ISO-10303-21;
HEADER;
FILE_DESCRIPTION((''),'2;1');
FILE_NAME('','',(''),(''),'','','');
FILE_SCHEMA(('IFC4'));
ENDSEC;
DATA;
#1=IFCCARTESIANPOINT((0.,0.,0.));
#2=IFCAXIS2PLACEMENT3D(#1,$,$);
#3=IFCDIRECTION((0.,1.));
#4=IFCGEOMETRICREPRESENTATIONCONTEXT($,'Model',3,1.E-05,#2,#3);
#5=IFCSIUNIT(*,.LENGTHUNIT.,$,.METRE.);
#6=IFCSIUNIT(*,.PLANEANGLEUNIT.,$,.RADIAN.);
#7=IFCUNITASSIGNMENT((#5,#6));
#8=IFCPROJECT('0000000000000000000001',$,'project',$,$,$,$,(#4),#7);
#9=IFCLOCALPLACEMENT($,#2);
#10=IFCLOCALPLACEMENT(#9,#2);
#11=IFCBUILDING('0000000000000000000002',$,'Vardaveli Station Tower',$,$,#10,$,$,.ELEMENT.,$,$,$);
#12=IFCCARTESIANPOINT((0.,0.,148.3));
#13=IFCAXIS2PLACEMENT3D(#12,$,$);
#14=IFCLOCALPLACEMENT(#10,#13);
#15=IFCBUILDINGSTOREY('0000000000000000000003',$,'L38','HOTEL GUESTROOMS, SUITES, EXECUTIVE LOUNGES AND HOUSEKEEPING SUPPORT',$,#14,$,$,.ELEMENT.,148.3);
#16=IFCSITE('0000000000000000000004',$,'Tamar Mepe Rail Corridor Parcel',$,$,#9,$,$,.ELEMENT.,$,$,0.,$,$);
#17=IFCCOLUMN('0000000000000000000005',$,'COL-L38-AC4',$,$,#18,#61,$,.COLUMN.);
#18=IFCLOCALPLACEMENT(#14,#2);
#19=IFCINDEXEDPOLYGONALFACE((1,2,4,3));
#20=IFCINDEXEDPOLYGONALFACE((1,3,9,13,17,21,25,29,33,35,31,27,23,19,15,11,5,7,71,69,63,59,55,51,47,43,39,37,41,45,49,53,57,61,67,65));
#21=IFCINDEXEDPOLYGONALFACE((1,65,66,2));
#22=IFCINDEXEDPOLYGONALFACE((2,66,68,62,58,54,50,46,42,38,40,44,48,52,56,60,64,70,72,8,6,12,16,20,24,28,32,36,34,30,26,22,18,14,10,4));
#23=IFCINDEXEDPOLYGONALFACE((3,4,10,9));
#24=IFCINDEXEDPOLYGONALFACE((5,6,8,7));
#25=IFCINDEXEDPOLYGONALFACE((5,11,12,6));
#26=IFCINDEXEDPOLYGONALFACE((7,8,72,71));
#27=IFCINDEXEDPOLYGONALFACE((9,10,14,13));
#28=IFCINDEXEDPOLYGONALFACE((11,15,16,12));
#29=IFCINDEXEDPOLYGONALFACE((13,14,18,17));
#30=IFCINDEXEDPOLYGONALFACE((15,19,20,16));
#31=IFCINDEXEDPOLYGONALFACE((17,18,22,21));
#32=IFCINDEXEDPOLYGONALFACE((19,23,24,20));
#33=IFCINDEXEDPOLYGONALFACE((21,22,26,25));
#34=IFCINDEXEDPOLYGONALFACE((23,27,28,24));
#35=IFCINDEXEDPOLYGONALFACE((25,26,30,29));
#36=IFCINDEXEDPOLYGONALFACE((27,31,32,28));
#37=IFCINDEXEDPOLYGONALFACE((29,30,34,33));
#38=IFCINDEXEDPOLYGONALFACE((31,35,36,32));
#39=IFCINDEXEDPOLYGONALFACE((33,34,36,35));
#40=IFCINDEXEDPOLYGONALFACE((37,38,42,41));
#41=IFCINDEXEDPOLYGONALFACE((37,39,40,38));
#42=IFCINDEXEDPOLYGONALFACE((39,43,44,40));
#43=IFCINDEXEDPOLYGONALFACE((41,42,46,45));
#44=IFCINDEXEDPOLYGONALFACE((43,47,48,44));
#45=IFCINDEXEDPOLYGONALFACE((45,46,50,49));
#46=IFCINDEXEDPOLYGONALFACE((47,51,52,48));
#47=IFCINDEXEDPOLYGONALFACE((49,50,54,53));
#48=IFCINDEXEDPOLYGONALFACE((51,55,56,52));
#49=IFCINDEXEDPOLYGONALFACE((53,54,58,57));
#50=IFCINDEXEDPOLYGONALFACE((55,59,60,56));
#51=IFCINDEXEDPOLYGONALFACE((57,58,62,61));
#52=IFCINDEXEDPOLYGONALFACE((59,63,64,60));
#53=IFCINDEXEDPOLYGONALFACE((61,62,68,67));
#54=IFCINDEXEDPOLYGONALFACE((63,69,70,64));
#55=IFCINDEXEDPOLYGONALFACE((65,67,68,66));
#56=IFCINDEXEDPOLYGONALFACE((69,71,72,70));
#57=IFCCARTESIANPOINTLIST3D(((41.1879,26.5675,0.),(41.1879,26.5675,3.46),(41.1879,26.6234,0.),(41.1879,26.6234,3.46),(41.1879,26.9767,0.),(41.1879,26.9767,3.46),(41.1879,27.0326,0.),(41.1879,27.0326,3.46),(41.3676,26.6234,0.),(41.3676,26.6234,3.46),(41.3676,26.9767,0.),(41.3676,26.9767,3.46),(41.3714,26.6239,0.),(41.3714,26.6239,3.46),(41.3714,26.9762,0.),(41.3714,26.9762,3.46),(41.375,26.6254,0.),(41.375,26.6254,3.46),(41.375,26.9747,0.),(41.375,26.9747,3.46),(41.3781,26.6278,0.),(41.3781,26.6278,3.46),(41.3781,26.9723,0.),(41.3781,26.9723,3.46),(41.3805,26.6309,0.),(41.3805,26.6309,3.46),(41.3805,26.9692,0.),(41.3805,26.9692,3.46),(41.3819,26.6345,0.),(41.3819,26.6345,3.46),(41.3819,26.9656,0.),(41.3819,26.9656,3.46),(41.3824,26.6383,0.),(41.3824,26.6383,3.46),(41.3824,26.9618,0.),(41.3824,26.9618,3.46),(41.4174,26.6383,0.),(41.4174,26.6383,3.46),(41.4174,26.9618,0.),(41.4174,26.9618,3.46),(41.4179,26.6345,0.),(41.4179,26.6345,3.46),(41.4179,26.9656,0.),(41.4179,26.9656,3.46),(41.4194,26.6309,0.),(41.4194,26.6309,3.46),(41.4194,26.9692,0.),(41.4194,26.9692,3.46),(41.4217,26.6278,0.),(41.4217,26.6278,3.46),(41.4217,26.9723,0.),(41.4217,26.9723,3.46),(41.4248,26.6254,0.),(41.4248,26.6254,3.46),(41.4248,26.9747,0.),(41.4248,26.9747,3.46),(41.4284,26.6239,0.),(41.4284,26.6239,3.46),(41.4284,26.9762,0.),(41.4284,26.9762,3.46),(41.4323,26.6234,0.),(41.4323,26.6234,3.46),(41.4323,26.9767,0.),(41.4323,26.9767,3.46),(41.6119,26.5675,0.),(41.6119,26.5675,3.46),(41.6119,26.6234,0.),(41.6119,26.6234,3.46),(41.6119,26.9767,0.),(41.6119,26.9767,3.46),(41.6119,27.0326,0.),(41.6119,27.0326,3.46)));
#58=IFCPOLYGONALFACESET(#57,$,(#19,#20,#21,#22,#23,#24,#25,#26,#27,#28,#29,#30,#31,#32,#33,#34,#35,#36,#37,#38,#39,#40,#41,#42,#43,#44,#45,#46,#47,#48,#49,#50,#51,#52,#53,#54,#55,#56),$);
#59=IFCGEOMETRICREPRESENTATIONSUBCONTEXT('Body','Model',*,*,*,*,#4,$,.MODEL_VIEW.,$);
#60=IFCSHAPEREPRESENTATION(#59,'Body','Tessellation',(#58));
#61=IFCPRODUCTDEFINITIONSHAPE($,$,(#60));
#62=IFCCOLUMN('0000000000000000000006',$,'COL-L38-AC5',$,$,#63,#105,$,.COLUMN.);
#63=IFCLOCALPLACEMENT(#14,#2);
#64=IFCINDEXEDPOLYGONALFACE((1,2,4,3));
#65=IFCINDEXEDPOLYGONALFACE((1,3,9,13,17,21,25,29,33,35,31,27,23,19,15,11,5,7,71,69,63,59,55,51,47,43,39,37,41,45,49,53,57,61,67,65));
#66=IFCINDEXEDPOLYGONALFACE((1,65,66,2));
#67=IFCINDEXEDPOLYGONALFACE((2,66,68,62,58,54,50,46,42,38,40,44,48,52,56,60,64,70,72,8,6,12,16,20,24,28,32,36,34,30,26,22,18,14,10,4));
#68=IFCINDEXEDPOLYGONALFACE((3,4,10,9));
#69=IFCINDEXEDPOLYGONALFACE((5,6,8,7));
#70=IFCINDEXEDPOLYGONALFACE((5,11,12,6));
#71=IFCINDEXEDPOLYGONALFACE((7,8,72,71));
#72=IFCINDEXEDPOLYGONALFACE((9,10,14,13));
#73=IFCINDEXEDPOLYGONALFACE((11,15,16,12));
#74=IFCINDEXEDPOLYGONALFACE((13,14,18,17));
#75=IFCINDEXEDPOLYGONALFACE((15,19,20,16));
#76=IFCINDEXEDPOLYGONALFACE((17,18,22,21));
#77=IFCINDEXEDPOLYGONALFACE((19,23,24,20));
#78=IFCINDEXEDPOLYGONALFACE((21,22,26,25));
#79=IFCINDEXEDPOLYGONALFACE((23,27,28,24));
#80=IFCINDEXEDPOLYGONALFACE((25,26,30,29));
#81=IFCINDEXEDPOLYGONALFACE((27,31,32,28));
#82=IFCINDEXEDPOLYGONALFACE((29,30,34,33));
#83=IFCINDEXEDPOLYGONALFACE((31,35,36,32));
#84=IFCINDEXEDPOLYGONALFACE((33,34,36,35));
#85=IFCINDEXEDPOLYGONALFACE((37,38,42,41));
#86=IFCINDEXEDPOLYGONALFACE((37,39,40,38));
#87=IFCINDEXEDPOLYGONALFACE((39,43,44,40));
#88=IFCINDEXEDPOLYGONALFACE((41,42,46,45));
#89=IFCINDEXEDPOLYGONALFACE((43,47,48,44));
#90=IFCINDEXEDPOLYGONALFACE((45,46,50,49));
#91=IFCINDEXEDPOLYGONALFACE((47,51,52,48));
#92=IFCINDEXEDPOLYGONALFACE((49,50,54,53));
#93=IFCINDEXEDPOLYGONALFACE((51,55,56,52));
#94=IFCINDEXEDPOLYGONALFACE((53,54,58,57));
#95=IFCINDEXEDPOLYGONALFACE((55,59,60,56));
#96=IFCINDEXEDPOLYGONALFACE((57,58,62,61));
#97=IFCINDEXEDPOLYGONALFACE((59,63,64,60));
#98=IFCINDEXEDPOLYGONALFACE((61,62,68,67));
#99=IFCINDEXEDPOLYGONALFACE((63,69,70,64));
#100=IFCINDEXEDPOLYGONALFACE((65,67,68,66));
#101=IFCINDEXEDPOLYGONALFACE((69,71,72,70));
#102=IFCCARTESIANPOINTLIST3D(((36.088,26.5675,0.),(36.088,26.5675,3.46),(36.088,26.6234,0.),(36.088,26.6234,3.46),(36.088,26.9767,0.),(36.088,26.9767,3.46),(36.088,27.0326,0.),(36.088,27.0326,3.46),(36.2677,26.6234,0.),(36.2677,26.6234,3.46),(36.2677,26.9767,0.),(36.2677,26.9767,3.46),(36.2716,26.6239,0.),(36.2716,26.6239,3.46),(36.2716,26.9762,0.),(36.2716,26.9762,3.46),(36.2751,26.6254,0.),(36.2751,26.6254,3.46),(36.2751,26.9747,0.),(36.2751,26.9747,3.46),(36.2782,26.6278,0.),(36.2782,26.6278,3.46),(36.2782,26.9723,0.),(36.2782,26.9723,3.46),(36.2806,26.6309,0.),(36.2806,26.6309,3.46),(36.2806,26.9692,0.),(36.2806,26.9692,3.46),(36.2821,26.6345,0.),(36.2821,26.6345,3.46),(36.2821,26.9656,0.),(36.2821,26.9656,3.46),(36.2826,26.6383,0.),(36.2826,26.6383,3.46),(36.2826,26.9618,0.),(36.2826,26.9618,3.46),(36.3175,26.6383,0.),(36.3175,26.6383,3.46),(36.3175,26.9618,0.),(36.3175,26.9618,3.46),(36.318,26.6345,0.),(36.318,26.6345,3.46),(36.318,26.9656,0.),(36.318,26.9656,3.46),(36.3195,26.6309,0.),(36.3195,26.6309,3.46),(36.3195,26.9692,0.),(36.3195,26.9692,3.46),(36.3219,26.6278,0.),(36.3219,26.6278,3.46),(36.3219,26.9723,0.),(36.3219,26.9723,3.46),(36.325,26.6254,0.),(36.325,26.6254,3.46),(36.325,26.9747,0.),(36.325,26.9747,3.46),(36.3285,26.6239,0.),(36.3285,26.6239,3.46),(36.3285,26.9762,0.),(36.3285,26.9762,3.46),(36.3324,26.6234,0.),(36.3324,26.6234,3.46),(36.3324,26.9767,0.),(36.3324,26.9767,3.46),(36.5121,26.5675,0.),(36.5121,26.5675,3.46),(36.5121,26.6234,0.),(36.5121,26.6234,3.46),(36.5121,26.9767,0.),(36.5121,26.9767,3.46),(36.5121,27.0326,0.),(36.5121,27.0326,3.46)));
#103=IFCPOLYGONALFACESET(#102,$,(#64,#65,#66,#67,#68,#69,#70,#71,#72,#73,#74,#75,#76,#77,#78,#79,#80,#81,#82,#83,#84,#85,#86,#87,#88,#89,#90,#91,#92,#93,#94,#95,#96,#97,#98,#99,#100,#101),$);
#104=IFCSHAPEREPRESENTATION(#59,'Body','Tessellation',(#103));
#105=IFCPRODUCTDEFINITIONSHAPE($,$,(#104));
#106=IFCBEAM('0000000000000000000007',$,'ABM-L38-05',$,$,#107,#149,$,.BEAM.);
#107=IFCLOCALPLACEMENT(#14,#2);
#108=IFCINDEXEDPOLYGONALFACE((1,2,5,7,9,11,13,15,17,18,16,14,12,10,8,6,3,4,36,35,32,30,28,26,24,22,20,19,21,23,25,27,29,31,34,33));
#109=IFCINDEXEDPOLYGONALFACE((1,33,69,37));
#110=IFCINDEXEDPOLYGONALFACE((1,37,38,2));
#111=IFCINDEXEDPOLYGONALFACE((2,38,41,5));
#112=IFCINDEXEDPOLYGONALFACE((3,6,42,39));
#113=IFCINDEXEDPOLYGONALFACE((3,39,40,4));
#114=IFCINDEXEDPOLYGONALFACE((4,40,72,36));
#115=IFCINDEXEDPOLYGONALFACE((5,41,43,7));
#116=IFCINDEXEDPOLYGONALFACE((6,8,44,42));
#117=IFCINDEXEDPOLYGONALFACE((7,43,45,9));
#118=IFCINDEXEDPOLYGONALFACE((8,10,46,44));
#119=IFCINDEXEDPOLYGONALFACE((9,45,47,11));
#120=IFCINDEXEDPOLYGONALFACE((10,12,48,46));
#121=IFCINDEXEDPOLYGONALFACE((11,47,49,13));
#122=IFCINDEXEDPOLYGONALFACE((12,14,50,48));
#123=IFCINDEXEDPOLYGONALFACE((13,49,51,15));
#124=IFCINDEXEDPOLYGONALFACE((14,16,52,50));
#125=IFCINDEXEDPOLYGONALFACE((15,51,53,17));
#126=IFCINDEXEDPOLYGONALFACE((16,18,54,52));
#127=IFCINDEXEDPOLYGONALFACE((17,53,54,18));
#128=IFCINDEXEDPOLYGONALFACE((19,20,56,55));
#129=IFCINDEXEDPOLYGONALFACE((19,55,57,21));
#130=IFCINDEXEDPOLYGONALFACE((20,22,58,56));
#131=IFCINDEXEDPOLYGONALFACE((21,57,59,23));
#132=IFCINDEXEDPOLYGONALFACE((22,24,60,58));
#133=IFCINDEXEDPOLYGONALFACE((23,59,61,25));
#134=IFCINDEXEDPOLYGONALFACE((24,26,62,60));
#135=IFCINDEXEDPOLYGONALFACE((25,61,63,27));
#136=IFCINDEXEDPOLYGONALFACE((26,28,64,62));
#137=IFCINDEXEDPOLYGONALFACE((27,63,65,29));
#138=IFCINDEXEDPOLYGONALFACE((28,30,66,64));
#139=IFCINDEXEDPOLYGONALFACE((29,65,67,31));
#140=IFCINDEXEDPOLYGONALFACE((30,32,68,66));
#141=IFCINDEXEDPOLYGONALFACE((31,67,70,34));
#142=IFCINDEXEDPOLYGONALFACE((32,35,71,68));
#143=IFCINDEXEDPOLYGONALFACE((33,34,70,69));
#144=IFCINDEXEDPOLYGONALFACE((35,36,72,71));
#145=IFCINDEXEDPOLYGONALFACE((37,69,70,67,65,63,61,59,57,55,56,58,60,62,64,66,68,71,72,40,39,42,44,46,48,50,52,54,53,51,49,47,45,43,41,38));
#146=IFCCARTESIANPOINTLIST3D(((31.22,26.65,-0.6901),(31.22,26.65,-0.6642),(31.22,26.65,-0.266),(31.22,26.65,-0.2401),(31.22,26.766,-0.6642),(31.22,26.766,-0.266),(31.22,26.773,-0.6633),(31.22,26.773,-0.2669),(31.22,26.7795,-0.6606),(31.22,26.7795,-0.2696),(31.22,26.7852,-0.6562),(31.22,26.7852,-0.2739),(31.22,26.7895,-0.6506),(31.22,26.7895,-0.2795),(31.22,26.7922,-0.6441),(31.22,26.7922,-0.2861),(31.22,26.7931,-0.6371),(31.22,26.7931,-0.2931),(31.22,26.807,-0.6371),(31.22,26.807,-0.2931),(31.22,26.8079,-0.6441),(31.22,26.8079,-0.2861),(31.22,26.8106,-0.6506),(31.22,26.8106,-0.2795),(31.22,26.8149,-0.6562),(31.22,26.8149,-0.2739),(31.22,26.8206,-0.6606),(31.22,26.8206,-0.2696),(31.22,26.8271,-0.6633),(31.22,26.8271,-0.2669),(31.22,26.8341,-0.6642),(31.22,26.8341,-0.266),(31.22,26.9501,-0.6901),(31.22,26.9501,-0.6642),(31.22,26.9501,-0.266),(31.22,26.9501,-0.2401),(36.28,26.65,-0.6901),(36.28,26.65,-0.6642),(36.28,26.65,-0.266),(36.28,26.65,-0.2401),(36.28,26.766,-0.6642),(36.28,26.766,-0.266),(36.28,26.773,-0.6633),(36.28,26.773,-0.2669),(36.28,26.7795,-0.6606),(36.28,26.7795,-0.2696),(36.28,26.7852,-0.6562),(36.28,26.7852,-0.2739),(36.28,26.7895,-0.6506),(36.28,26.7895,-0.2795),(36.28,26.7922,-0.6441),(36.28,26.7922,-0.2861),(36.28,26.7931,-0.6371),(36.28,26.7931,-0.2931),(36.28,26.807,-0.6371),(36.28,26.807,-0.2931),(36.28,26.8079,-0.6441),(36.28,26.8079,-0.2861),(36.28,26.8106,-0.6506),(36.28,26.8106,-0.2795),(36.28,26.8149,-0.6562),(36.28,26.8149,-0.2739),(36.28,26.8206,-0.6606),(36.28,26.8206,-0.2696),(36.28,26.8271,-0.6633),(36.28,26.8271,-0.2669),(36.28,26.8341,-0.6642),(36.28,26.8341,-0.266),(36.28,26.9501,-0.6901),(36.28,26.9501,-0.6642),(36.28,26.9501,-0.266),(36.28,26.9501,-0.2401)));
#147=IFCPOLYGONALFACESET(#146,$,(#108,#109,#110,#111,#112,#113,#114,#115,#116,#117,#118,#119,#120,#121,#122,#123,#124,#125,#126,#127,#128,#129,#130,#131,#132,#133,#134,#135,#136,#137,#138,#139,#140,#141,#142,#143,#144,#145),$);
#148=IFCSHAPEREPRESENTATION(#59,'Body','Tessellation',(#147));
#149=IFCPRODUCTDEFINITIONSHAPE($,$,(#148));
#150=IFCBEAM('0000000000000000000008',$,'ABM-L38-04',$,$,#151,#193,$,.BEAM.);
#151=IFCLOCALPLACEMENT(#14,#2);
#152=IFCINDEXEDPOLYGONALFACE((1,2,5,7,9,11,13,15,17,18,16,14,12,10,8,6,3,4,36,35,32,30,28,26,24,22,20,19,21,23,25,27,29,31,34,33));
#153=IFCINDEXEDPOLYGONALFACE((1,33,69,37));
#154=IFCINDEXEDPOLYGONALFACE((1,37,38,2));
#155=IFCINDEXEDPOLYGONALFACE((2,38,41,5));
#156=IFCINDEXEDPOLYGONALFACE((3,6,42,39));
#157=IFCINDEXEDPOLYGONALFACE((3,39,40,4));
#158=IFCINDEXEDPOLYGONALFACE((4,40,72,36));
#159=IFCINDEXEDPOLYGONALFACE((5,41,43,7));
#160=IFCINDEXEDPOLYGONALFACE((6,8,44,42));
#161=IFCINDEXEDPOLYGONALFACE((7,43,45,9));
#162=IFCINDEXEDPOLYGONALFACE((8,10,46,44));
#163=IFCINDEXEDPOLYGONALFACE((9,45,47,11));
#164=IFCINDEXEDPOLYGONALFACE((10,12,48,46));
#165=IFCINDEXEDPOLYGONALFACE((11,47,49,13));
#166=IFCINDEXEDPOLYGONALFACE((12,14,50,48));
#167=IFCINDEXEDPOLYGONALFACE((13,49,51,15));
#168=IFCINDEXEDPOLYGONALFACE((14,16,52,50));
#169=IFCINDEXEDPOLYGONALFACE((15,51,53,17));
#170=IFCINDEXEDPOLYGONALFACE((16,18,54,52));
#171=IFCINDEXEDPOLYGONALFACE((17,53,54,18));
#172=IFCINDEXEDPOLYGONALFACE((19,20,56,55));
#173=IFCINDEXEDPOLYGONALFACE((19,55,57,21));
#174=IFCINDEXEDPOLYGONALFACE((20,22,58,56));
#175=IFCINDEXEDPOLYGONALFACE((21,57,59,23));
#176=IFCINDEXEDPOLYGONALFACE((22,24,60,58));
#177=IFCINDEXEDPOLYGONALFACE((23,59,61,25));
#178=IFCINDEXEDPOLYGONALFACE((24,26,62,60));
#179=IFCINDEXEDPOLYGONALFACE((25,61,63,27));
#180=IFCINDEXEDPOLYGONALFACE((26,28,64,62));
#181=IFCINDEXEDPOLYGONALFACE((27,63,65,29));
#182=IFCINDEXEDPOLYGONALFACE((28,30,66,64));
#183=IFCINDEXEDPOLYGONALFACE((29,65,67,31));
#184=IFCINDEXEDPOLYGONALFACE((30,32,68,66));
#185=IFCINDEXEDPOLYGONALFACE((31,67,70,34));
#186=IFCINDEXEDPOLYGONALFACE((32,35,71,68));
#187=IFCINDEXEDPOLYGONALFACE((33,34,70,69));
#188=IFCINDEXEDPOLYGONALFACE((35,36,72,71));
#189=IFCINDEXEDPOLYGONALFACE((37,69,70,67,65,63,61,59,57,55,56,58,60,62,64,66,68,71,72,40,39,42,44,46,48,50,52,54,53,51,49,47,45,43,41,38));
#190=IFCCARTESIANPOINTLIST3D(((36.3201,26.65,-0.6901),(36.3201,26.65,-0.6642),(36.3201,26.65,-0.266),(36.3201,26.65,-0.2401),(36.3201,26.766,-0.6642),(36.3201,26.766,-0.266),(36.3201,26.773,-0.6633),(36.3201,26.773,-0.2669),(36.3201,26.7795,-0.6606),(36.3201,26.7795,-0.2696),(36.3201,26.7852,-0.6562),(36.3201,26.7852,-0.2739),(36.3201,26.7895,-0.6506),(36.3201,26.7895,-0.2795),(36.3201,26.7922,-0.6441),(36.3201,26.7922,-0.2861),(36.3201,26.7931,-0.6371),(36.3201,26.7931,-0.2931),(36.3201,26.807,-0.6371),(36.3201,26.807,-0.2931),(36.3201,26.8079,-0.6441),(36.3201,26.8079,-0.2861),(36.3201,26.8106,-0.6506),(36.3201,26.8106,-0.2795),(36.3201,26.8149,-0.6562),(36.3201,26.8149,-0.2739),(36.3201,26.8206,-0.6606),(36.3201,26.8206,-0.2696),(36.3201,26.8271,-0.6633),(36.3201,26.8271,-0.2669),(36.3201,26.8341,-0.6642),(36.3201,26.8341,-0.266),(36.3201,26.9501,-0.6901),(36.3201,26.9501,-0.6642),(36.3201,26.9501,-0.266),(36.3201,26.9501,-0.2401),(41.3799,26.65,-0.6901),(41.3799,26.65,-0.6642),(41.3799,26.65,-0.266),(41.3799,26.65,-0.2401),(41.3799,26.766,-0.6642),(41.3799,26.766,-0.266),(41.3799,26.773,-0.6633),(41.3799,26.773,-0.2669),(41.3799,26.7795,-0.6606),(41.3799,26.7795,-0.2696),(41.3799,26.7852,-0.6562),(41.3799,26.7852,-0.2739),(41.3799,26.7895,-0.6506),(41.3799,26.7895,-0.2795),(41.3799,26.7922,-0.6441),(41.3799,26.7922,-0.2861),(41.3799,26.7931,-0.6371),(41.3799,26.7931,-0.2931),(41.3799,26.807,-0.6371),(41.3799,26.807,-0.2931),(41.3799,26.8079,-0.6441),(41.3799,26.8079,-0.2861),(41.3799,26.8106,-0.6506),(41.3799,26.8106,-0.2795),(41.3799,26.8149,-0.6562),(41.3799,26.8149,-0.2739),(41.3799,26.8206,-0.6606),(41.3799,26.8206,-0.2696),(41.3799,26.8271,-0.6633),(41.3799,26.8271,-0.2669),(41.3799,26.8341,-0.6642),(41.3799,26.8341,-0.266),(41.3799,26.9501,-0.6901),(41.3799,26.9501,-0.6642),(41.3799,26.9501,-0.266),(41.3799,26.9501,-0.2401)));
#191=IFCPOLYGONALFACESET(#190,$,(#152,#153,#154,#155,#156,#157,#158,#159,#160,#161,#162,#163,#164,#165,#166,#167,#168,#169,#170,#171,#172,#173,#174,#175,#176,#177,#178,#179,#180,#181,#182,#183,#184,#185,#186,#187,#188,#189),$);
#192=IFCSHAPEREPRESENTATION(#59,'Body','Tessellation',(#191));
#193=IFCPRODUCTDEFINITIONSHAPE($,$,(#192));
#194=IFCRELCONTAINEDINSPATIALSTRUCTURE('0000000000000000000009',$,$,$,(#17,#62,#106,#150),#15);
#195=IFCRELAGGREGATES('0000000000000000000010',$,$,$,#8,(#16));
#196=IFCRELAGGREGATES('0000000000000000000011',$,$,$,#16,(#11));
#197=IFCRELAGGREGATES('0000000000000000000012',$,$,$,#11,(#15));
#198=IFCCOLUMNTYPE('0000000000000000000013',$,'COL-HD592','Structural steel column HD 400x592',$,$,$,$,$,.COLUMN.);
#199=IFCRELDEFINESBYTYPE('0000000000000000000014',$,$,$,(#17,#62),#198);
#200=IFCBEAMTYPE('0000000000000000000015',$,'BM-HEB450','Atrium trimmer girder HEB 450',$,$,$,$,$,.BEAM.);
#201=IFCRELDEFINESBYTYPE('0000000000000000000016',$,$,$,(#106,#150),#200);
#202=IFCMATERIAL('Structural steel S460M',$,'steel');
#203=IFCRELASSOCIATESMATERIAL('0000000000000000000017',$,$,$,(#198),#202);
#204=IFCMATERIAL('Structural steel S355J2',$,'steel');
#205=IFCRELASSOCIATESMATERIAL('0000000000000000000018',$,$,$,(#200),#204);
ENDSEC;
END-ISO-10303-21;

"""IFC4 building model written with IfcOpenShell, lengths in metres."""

from ifc_helpers import new_model, si_unit, direction, frame, origin, origin_2d, place, context, subcontext, project, spatial, i_section, extrude, source, transform, mapped, material, material_profile, profile_set, type_object, element, save


model = new_model("IFC4")

# Units and contexts
model_context = context("Model", 3, precision=1e-05, world=origin(), true_north=direction((0.0, 1.0)))
body_context = subcontext(model_context, "Body", "Model", "MODEL_VIEW")
ifc_project = project(units=[si_unit("LENGTHUNIT", "METRE"), si_unit("PLANEANGLEUNIT", "RADIAN")], contexts=[model_context])

# Site, building, storey
site_placement = place(None, origin())
site = spatial("IfcSite", under=ifc_project, at=site_placement, Name="Tamar Mepe Rail Corridor Parcel", CompositionType="ELEMENT", RefElevation=0.0)
building_placement = place(site_placement, origin())
building = spatial("IfcBuilding", under=site, at=building_placement, Name="Vardaveli Station Tower", CompositionType="ELEMENT")
storey_placement = place(building_placement, frame((0.0, 0.0, 148.3)))
storey = spatial("IfcBuildingStorey", under=building, at=storey_placement, Name="L38", Description="HOTEL GUESTROOMS, SUITES, EXECUTIVE LOUNGES AND HOUSEKEEPING SUPPORT", CompositionType="ELEMENT", Elevation=148.3)

# Columns
ifc_material_1 = material(Name="Structural steel S460M", Category="steel")
ifc_material_profile_1 = material_profile(ifc_material_1, i_section(OverallWidth=0.4241, OverallDepth=0.4651, WebThickness=0.0349, FlangeThickness=0.0559, FilletRadius=0.0149, at=origin_2d()), Name="HD 400x592")
ifc_profile_set_1 = profile_set([ifc_material_profile_1], Name="Structural steel S460M")
column_type = type_object("IfcColumnType", Name="COL-HD592", Description="Structural steel column HD 400x592", PredefinedType="COLUMN", material=ifc_profile_set_1)
shared_shape_1 = source(origin(), body_context, "Body", "SweptSolid", [
    extrude(i_section(OverallWidth=0.4241, OverallDepth=0.4651, WebThickness=0.0349, FlangeThickness=0.0559, FilletRadius=0.0149, at=origin_2d()), origin(), (0.0, 0.0, 1.0), 3.46),
])
for number, where, z_axis, x_axis, name in (
    (1, (41.3999, 26.8, 0.0), (0.0, 0.0, 1.0), (1.0, 0.0, 0.0), "COL-L38-AC4"),
    (2, (36.3, 26.8, 0.0), (0.0, 0.0, 1.0), (1.0, 0.0, 0.0), "COL-L38-AC5"),
):
    element("IfcColumn", number, at=place(storey_placement, frame(where, z_axis=z_axis, x_axis=x_axis)), inside=storey, type_object=column_type, Name=name, PredefinedType="COLUMN", context=body_context, shape_type="MappedRepresentation", body=[
        mapped(shared_shape_1, transform((0.0, 0.0, 0.0), scale=1.0)),
    ])

# Beams
ifc_material_2 = material(Name="Structural steel S355J2", Category="steel")
ifc_material_profile_2 = material_profile(ifc_material_2, i_section(OverallWidth=0.3, OverallDepth=0.45, WebThickness=0.0139, FlangeThickness=0.0259, FilletRadius=0.0271, at=origin_2d()), Name="HEB 450")
ifc_profile_set_2 = profile_set([ifc_material_profile_2], Name="Structural steel S355J2")
beam_type_1 = type_object("IfcBeamType", Name="BM-HEB450", Description="Atrium trimmer girder HEB 450", PredefinedType="BEAM", material=ifc_profile_set_2)
shared_shape_2 = source(origin(), body_context, "Body", "SweptSolid", [
    extrude(i_section(OverallWidth=0.3, OverallDepth=0.45, WebThickness=0.0139, FlangeThickness=0.0259, FilletRadius=0.0271, at=origin_2d()), origin(), (0.0, 0.0, 1.0), 5.0601),
])
beam_1_placement = place(storey_placement, frame((36.28, 26.8, -0.4651), z_axis=(-1.0, 0.0, 0.0), x_axis=(0.0, -1.0, 0.0)))
element("IfcBeam", 3, at=beam_1_placement, inside=storey, type_object=beam_type_1, Name="ABM-L38-05", PredefinedType="BEAM", context=body_context, shape_type="MappedRepresentation", body=[
    mapped(shared_shape_2, transform((0.0, 0.0, 0.0), scale=1.0)),
])
shared_shape_3 = source(origin(), body_context, "Body", "SweptSolid", [
    extrude(i_section(OverallWidth=0.3, OverallDepth=0.45, WebThickness=0.0139, FlangeThickness=0.0259, FilletRadius=0.0271, at=origin_2d()), origin(), (0.0, 0.0, 1.0), 5.0598),
])
beam_2_placement = place(storey_placement, frame((41.3799, 26.8, -0.4651), z_axis=(-1.0, 0.0, 0.0), x_axis=(0.0, -1.0, 0.0)))
element("IfcBeam", 4, at=beam_2_placement, inside=storey, type_object=beam_type_1, Name="ABM-L38-04", PredefinedType="BEAM", context=body_context, shape_type="MappedRepresentation", body=[
    mapped(shared_shape_3, transform((0.0, 0.0, 0.0), scale=1.0)),
])

save(model, "model.ifc")
